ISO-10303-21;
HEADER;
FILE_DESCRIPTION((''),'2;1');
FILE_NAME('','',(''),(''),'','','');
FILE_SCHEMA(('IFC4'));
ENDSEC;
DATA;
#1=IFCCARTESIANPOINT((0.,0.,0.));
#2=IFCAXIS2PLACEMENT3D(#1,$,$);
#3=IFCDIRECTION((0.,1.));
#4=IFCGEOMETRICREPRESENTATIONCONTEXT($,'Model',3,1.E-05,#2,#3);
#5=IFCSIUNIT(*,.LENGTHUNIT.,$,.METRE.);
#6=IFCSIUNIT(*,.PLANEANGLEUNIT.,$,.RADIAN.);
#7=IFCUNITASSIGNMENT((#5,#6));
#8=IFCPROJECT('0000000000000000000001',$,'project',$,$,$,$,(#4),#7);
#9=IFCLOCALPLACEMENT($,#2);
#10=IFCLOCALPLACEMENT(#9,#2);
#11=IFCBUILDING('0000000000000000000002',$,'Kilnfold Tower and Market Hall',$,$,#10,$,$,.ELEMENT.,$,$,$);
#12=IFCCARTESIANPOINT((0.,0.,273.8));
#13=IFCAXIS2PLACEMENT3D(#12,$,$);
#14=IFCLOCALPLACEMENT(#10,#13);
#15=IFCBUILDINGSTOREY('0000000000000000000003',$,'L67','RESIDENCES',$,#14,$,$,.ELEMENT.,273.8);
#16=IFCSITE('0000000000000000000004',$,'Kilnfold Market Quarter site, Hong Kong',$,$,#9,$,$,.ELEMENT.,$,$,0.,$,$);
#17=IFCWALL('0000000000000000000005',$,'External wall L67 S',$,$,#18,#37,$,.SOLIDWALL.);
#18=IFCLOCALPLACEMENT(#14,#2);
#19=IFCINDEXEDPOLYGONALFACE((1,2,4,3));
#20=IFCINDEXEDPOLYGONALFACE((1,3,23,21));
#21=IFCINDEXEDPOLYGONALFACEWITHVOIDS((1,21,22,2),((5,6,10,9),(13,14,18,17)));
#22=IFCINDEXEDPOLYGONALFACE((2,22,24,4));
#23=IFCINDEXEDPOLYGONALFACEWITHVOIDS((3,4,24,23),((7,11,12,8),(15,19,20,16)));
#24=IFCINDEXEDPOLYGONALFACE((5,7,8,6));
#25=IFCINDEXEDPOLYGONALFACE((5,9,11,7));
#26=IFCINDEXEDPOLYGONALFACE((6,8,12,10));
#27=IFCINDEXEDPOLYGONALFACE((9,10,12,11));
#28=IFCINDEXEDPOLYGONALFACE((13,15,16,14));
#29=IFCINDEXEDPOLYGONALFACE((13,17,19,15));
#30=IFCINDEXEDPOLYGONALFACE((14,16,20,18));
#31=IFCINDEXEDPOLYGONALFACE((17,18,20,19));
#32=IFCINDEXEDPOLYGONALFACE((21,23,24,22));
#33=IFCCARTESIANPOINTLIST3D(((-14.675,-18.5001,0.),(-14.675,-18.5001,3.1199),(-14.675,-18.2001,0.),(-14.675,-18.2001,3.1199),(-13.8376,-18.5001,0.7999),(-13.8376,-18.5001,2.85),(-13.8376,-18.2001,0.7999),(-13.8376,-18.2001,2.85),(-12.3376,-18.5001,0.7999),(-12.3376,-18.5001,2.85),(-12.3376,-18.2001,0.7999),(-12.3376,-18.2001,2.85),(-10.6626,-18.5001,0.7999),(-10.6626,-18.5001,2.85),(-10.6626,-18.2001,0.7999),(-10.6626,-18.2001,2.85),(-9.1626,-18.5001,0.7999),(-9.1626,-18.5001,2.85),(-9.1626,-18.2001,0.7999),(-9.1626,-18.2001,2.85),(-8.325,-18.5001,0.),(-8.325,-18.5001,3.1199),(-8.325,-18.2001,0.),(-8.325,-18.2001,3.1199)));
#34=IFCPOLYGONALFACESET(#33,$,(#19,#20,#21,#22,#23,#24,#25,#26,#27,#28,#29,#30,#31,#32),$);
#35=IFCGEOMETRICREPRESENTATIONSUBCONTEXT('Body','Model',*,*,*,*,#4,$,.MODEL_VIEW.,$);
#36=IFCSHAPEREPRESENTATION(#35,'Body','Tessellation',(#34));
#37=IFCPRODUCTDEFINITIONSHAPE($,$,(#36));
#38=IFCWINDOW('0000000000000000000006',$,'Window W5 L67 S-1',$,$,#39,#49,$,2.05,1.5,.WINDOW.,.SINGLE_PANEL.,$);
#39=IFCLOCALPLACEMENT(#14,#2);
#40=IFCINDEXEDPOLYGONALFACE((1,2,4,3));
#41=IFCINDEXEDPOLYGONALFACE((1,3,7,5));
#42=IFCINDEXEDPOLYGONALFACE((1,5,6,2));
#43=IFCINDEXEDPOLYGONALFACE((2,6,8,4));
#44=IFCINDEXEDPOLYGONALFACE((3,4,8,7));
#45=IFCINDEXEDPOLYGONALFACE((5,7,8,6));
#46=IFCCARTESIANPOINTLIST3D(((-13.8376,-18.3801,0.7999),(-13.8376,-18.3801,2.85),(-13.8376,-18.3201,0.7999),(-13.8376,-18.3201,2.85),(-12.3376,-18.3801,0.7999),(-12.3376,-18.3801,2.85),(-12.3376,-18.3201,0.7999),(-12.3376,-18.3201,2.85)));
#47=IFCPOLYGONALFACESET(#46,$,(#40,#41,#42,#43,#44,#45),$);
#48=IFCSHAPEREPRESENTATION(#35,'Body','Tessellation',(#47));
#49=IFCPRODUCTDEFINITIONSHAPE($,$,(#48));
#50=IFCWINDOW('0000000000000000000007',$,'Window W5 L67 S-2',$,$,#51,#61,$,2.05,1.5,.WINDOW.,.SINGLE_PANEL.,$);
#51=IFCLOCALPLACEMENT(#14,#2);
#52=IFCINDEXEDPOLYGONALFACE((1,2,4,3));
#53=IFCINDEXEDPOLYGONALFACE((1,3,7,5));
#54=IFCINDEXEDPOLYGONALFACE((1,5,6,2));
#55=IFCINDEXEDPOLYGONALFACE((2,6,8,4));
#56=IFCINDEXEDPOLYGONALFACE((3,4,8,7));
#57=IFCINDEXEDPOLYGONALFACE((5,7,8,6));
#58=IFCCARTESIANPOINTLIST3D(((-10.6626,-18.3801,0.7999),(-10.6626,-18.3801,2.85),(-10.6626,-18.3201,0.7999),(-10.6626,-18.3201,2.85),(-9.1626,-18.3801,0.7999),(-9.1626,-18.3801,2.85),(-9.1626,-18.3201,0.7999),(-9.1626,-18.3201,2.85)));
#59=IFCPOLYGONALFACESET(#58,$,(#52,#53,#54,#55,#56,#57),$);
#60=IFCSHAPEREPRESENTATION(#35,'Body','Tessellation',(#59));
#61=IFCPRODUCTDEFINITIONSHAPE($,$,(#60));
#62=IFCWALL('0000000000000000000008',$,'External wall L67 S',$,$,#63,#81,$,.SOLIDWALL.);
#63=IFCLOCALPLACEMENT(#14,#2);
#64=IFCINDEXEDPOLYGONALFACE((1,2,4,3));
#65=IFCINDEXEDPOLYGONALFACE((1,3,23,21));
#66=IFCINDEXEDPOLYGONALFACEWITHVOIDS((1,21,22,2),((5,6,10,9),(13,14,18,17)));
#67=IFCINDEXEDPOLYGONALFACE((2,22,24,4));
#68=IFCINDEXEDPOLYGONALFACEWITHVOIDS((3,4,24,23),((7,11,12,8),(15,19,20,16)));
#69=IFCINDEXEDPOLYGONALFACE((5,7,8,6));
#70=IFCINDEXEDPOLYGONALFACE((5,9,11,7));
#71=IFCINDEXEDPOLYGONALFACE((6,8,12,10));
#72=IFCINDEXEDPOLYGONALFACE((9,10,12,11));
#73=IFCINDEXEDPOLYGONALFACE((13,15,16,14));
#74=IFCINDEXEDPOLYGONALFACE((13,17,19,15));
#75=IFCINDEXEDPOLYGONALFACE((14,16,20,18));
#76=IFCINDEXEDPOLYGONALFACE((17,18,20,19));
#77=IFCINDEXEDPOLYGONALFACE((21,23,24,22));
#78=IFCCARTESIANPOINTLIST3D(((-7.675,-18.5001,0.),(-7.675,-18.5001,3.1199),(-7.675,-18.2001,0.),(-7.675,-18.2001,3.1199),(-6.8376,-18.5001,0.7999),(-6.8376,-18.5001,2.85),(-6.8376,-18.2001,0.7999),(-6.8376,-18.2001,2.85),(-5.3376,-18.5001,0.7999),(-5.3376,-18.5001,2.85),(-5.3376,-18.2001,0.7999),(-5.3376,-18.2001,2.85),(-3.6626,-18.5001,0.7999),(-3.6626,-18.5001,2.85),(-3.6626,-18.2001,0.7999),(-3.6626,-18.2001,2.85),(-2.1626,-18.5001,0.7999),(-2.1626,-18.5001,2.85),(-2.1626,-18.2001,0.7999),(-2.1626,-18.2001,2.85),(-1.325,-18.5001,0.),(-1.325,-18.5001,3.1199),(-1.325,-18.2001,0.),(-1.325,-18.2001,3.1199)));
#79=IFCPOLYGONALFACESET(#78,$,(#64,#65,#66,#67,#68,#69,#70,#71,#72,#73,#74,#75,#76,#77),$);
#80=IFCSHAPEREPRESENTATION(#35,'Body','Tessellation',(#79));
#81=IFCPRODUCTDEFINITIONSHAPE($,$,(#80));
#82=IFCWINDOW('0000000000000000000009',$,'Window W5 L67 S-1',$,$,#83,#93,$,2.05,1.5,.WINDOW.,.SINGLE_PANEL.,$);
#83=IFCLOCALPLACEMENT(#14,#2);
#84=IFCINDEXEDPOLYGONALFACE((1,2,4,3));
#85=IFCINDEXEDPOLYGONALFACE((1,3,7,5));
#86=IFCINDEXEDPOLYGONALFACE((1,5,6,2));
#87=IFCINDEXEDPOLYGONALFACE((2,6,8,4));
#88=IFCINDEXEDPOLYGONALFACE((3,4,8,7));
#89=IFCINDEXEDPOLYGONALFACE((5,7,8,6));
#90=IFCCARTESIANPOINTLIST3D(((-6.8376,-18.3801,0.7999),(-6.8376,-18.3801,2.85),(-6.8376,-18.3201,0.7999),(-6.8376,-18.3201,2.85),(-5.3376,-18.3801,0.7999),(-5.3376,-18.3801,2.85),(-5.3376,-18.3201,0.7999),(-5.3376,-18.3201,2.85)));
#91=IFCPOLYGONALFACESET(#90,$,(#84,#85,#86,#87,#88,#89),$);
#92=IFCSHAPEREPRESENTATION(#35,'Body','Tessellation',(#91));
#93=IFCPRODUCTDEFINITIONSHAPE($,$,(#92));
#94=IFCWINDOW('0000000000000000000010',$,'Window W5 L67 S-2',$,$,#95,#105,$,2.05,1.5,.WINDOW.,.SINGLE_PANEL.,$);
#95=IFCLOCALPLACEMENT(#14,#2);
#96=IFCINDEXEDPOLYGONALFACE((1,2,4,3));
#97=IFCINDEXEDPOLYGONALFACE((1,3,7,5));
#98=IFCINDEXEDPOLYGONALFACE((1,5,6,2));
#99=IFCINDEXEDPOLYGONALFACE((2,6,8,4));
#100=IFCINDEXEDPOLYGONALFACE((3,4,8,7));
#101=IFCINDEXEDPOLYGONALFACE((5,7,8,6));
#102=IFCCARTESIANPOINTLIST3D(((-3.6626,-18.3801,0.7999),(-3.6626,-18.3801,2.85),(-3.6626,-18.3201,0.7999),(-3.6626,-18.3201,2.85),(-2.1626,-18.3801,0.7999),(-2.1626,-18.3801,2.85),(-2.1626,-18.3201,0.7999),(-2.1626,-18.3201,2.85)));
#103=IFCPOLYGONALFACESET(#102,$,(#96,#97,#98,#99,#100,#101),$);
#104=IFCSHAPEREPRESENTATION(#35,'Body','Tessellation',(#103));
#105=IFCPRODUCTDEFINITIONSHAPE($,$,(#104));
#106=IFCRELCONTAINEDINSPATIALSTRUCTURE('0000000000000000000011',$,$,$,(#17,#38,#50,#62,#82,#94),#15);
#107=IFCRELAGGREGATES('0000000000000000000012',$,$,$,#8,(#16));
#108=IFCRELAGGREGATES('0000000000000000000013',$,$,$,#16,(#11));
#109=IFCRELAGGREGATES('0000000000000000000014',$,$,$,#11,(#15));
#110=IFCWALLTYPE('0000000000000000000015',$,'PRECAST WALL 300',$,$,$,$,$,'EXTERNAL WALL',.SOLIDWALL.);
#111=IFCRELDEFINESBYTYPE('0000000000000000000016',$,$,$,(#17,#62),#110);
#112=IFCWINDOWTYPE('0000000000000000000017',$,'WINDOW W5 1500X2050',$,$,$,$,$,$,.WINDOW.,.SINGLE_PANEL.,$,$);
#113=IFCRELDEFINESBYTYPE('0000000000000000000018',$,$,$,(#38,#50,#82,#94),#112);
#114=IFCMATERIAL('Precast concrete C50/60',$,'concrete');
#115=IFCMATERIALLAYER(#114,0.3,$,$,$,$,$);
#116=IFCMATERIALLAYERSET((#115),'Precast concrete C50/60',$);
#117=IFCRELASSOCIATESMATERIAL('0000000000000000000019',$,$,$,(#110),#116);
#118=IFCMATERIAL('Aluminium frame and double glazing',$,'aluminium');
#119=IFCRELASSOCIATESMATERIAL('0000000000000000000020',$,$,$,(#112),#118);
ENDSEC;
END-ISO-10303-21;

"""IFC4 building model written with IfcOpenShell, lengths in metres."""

from ifc_helpers import new_model, si_unit, direction, frame, frame_2d, origin, place, context, subcontext, project, spatial, rectangle, extrude, source, transform, mapped, material, layer, layer_set, type_object, element, fill, save


model = new_model("IFC4")

# Units and contexts
model_context = context("Model", 3, precision=1e-05, world=origin(), true_north=direction((0.0, 1.0)))
body_context = subcontext(model_context, "Body", "Model", "MODEL_VIEW")
ifc_project = project(units=[si_unit("LENGTHUNIT", "METRE"), si_unit("PLANEANGLEUNIT", "RADIAN")], contexts=[model_context])

# Site, building, storey
site_placement = place(None, origin())
site = spatial("IfcSite", under=ifc_project, at=site_placement, Name="Kilnfold Market Quarter site, Hong Kong", CompositionType="ELEMENT", RefElevation=0.0)
building_placement = place(site_placement, origin())
building = spatial("IfcBuilding", under=site, at=building_placement, Name="Kilnfold Tower and Market Hall", CompositionType="ELEMENT")
storey_placement = place(building_placement, frame((0.0, 0.0, 273.8)))
storey = spatial("IfcBuildingStorey", under=building, at=storey_placement, Name="L67", Description="RESIDENCES", CompositionType="ELEMENT", Elevation=273.8)

# Walls, openings, windows
ifc_material_1 = material(Name="Precast concrete C50/60", Category="concrete")
ifc_layer_1 = layer(ifc_material_1, 0.3)
ifc_layer_set_1 = layer_set([ifc_layer_1], Name="Precast concrete C50/60")
wall_type_1 = type_object("IfcWallType", Name="PRECAST WALL 300", ElementType="EXTERNAL WALL", PredefinedType="SOLIDWALL", material=ifc_layer_set_1)
shared_shape_1 = source(origin(), body_context, "Body", "SweptSolid", [
    extrude(rectangle(XDim=6.3501, YDim=0.3, at=frame_2d((3.175, 0.0))), origin(), (0.0, 0.0, 1.0), 3.1199),
])
wall_1_placement = place(storey_placement, frame((-14.675, -18.3501, 0.0), z_axis=(0.0, 0.0, 1.0), x_axis=(1.0, 0.0, 0.0)))
wall_1 = element("IfcWall", 1, at=wall_1_placement, inside=storey, type_object=wall_type_1, Name="External wall L67 S", PredefinedType="SOLIDWALL", context=body_context, shape_type="MappedRepresentation", body=[
    mapped(shared_shape_1, transform((0.0, 0.0, 0.0))),
])
opening_1_placement = place(wall_1_placement, frame((0.8374, 0.0, 0.8)))
opening_1 = element("IfcOpeningElement", 2, at=opening_1_placement, cuts=wall_1, PredefinedType="OPENING", context=body_context, shape_type="SweptSolid", body=[
    extrude(rectangle(XDim=1.5, YDim=2.05, at=frame_2d((0.75, 1.0249))), frame((0.0, 0.1602, 0.0), z_axis=(0.0, -1.0, 0.0), x_axis=(1.0, 0.0, 0.0)), (0.0, 0.0, 1.0), 0.3201),
])
opening_2_placement = place(wall_1_placement, frame((4.0125, 0.0, 0.8)))
opening_2 = element("IfcOpeningElement", 3, at=opening_2_placement, cuts=wall_1, PredefinedType="OPENING", context=body_context, shape_type="SweptSolid", body=[
    extrude(rectangle(XDim=1.5, YDim=2.05, at=frame_2d((0.75, 1.0249))), frame((0.0, 0.1602, 0.0), z_axis=(0.0, -1.0, 0.0), x_axis=(1.0, 0.0, 0.0)), (0.0, 0.0, 1.0), 0.3201),
])
ifc_material_2 = material(Name="Aluminium frame and double glazing", Category="aluminium")
window_type = type_object("IfcWindowType", Name="WINDOW W5 1500X2050", PartitioningType="SINGLE_PANEL", PredefinedType="WINDOW", material=ifc_material_2)
window_1_placement = place(opening_1_placement, origin())
window_1 = element("IfcWindow", 4, at=window_1_placement, inside=storey, type_object=window_type, Name="Window W5 L67 S-1", OverallHeight=2.05, OverallWidth=1.5, PartitioningType="SINGLE_PANEL", PredefinedType="WINDOW", context=body_context, shape_type="SweptSolid", body=[
    extrude(rectangle(XDim=1.5, YDim=2.05, at=frame_2d((0.75, 1.0249))), frame((0.0, 0.03, 0.0), z_axis=(0.0, -1.0, 0.0), x_axis=(1.0, 0.0, 0.0)), (0.0, 0.0, 1.0), 0.0601),
])
fill(opening_1, window_1)
window_2_placement = place(opening_2_placement, origin())
window_2 = element("IfcWindow", 5, at=window_2_placement, inside=storey, type_object=window_type, Name="Window W5 L67 S-2", OverallHeight=2.05, OverallWidth=1.5, PartitioningType="SINGLE_PANEL", PredefinedType="WINDOW", context=body_context, shape_type="SweptSolid", body=[
    extrude(rectangle(XDim=1.5, YDim=2.05, at=frame_2d((0.75, 1.0249))), frame((0.0, 0.03, 0.0), z_axis=(0.0, -1.0, 0.0), x_axis=(1.0, 0.0, 0.0)), (0.0, 0.0, 1.0), 0.0601),
])
fill(opening_2, window_2)
wall_2_placement = place(storey_placement, frame((-7.675, -18.3501, 0.0), z_axis=(0.0, 0.0, 1.0), x_axis=(1.0, 0.0, 0.0)))
wall_2 = element("IfcWall", 6, at=wall_2_placement, inside=storey, type_object=wall_type_1, Name="External wall L67 S", PredefinedType="SOLIDWALL", context=body_context, shape_type="MappedRepresentation", body=[
    mapped(shared_shape_1, transform((0.0, 0.0, 0.0))),
])
opening_3_placement = place(wall_2_placement, frame((0.8374, 0.0, 0.8)))
opening_3 = element("IfcOpeningElement", 7, at=opening_3_placement, cuts=wall_2, PredefinedType="OPENING", context=body_context, shape_type="SweptSolid", body=[
    extrude(rectangle(XDim=1.5, YDim=2.05, at=frame_2d((0.75, 1.0249))), frame((0.0, 0.1602, 0.0), z_axis=(0.0, -1.0, 0.0), x_axis=(1.0, 0.0, 0.0)), (0.0, 0.0, 1.0), 0.3201),
])
opening_4_placement = place(wall_2_placement, frame((4.0125, 0.0, 0.8)))
opening_4 = element("IfcOpeningElement", 8, at=opening_4_placement, cuts=wall_2, PredefinedType="OPENING", context=body_context, shape_type="SweptSolid", body=[
    extrude(rectangle(XDim=1.5, YDim=2.05, at=frame_2d((0.75, 1.0249))), frame((0.0, 0.1602, 0.0), z_axis=(0.0, -1.0, 0.0), x_axis=(1.0, 0.0, 0.0)), (0.0, 0.0, 1.0), 0.3201),
])
window_3_placement = place(opening_3_placement, origin())
window_3 = element("IfcWindow", 9, at=window_3_placement, inside=storey, type_object=window_type, Name="Window W5 L67 S-1", OverallHeight=2.05, OverallWidth=1.5, PartitioningType="SINGLE_PANEL", PredefinedType="WINDOW", context=body_context, shape_type="SweptSolid", body=[
    extrude(rectangle(XDim=1.5, YDim=2.05, at=frame_2d((0.75, 1.0249))), frame((0.0, 0.03, 0.0), z_axis=(0.0, -1.0, 0.0), x_axis=(1.0, 0.0, 0.0)), (0.0, 0.0, 1.0), 0.0601),
])
fill(opening_3, window_3)
window_4_placement = place(opening_4_placement, origin())
window_4 = element("IfcWindow", 10, at=window_4_placement, inside=storey, type_object=window_type, Name="Window W5 L67 S-2", OverallHeight=2.05, OverallWidth=1.5, PartitioningType="SINGLE_PANEL", PredefinedType="WINDOW", context=body_context, shape_type="SweptSolid", body=[
    extrude(rectangle(XDim=1.5, YDim=2.05, at=frame_2d((0.75, 1.0249))), frame((0.0, 0.03, 0.0), z_axis=(0.0, -1.0, 0.0), x_axis=(1.0, 0.0, 0.0)), (0.0, 0.0, 1.0), 0.0601),
])
fill(opening_4, window_4)

save(model, "model.ifc")
